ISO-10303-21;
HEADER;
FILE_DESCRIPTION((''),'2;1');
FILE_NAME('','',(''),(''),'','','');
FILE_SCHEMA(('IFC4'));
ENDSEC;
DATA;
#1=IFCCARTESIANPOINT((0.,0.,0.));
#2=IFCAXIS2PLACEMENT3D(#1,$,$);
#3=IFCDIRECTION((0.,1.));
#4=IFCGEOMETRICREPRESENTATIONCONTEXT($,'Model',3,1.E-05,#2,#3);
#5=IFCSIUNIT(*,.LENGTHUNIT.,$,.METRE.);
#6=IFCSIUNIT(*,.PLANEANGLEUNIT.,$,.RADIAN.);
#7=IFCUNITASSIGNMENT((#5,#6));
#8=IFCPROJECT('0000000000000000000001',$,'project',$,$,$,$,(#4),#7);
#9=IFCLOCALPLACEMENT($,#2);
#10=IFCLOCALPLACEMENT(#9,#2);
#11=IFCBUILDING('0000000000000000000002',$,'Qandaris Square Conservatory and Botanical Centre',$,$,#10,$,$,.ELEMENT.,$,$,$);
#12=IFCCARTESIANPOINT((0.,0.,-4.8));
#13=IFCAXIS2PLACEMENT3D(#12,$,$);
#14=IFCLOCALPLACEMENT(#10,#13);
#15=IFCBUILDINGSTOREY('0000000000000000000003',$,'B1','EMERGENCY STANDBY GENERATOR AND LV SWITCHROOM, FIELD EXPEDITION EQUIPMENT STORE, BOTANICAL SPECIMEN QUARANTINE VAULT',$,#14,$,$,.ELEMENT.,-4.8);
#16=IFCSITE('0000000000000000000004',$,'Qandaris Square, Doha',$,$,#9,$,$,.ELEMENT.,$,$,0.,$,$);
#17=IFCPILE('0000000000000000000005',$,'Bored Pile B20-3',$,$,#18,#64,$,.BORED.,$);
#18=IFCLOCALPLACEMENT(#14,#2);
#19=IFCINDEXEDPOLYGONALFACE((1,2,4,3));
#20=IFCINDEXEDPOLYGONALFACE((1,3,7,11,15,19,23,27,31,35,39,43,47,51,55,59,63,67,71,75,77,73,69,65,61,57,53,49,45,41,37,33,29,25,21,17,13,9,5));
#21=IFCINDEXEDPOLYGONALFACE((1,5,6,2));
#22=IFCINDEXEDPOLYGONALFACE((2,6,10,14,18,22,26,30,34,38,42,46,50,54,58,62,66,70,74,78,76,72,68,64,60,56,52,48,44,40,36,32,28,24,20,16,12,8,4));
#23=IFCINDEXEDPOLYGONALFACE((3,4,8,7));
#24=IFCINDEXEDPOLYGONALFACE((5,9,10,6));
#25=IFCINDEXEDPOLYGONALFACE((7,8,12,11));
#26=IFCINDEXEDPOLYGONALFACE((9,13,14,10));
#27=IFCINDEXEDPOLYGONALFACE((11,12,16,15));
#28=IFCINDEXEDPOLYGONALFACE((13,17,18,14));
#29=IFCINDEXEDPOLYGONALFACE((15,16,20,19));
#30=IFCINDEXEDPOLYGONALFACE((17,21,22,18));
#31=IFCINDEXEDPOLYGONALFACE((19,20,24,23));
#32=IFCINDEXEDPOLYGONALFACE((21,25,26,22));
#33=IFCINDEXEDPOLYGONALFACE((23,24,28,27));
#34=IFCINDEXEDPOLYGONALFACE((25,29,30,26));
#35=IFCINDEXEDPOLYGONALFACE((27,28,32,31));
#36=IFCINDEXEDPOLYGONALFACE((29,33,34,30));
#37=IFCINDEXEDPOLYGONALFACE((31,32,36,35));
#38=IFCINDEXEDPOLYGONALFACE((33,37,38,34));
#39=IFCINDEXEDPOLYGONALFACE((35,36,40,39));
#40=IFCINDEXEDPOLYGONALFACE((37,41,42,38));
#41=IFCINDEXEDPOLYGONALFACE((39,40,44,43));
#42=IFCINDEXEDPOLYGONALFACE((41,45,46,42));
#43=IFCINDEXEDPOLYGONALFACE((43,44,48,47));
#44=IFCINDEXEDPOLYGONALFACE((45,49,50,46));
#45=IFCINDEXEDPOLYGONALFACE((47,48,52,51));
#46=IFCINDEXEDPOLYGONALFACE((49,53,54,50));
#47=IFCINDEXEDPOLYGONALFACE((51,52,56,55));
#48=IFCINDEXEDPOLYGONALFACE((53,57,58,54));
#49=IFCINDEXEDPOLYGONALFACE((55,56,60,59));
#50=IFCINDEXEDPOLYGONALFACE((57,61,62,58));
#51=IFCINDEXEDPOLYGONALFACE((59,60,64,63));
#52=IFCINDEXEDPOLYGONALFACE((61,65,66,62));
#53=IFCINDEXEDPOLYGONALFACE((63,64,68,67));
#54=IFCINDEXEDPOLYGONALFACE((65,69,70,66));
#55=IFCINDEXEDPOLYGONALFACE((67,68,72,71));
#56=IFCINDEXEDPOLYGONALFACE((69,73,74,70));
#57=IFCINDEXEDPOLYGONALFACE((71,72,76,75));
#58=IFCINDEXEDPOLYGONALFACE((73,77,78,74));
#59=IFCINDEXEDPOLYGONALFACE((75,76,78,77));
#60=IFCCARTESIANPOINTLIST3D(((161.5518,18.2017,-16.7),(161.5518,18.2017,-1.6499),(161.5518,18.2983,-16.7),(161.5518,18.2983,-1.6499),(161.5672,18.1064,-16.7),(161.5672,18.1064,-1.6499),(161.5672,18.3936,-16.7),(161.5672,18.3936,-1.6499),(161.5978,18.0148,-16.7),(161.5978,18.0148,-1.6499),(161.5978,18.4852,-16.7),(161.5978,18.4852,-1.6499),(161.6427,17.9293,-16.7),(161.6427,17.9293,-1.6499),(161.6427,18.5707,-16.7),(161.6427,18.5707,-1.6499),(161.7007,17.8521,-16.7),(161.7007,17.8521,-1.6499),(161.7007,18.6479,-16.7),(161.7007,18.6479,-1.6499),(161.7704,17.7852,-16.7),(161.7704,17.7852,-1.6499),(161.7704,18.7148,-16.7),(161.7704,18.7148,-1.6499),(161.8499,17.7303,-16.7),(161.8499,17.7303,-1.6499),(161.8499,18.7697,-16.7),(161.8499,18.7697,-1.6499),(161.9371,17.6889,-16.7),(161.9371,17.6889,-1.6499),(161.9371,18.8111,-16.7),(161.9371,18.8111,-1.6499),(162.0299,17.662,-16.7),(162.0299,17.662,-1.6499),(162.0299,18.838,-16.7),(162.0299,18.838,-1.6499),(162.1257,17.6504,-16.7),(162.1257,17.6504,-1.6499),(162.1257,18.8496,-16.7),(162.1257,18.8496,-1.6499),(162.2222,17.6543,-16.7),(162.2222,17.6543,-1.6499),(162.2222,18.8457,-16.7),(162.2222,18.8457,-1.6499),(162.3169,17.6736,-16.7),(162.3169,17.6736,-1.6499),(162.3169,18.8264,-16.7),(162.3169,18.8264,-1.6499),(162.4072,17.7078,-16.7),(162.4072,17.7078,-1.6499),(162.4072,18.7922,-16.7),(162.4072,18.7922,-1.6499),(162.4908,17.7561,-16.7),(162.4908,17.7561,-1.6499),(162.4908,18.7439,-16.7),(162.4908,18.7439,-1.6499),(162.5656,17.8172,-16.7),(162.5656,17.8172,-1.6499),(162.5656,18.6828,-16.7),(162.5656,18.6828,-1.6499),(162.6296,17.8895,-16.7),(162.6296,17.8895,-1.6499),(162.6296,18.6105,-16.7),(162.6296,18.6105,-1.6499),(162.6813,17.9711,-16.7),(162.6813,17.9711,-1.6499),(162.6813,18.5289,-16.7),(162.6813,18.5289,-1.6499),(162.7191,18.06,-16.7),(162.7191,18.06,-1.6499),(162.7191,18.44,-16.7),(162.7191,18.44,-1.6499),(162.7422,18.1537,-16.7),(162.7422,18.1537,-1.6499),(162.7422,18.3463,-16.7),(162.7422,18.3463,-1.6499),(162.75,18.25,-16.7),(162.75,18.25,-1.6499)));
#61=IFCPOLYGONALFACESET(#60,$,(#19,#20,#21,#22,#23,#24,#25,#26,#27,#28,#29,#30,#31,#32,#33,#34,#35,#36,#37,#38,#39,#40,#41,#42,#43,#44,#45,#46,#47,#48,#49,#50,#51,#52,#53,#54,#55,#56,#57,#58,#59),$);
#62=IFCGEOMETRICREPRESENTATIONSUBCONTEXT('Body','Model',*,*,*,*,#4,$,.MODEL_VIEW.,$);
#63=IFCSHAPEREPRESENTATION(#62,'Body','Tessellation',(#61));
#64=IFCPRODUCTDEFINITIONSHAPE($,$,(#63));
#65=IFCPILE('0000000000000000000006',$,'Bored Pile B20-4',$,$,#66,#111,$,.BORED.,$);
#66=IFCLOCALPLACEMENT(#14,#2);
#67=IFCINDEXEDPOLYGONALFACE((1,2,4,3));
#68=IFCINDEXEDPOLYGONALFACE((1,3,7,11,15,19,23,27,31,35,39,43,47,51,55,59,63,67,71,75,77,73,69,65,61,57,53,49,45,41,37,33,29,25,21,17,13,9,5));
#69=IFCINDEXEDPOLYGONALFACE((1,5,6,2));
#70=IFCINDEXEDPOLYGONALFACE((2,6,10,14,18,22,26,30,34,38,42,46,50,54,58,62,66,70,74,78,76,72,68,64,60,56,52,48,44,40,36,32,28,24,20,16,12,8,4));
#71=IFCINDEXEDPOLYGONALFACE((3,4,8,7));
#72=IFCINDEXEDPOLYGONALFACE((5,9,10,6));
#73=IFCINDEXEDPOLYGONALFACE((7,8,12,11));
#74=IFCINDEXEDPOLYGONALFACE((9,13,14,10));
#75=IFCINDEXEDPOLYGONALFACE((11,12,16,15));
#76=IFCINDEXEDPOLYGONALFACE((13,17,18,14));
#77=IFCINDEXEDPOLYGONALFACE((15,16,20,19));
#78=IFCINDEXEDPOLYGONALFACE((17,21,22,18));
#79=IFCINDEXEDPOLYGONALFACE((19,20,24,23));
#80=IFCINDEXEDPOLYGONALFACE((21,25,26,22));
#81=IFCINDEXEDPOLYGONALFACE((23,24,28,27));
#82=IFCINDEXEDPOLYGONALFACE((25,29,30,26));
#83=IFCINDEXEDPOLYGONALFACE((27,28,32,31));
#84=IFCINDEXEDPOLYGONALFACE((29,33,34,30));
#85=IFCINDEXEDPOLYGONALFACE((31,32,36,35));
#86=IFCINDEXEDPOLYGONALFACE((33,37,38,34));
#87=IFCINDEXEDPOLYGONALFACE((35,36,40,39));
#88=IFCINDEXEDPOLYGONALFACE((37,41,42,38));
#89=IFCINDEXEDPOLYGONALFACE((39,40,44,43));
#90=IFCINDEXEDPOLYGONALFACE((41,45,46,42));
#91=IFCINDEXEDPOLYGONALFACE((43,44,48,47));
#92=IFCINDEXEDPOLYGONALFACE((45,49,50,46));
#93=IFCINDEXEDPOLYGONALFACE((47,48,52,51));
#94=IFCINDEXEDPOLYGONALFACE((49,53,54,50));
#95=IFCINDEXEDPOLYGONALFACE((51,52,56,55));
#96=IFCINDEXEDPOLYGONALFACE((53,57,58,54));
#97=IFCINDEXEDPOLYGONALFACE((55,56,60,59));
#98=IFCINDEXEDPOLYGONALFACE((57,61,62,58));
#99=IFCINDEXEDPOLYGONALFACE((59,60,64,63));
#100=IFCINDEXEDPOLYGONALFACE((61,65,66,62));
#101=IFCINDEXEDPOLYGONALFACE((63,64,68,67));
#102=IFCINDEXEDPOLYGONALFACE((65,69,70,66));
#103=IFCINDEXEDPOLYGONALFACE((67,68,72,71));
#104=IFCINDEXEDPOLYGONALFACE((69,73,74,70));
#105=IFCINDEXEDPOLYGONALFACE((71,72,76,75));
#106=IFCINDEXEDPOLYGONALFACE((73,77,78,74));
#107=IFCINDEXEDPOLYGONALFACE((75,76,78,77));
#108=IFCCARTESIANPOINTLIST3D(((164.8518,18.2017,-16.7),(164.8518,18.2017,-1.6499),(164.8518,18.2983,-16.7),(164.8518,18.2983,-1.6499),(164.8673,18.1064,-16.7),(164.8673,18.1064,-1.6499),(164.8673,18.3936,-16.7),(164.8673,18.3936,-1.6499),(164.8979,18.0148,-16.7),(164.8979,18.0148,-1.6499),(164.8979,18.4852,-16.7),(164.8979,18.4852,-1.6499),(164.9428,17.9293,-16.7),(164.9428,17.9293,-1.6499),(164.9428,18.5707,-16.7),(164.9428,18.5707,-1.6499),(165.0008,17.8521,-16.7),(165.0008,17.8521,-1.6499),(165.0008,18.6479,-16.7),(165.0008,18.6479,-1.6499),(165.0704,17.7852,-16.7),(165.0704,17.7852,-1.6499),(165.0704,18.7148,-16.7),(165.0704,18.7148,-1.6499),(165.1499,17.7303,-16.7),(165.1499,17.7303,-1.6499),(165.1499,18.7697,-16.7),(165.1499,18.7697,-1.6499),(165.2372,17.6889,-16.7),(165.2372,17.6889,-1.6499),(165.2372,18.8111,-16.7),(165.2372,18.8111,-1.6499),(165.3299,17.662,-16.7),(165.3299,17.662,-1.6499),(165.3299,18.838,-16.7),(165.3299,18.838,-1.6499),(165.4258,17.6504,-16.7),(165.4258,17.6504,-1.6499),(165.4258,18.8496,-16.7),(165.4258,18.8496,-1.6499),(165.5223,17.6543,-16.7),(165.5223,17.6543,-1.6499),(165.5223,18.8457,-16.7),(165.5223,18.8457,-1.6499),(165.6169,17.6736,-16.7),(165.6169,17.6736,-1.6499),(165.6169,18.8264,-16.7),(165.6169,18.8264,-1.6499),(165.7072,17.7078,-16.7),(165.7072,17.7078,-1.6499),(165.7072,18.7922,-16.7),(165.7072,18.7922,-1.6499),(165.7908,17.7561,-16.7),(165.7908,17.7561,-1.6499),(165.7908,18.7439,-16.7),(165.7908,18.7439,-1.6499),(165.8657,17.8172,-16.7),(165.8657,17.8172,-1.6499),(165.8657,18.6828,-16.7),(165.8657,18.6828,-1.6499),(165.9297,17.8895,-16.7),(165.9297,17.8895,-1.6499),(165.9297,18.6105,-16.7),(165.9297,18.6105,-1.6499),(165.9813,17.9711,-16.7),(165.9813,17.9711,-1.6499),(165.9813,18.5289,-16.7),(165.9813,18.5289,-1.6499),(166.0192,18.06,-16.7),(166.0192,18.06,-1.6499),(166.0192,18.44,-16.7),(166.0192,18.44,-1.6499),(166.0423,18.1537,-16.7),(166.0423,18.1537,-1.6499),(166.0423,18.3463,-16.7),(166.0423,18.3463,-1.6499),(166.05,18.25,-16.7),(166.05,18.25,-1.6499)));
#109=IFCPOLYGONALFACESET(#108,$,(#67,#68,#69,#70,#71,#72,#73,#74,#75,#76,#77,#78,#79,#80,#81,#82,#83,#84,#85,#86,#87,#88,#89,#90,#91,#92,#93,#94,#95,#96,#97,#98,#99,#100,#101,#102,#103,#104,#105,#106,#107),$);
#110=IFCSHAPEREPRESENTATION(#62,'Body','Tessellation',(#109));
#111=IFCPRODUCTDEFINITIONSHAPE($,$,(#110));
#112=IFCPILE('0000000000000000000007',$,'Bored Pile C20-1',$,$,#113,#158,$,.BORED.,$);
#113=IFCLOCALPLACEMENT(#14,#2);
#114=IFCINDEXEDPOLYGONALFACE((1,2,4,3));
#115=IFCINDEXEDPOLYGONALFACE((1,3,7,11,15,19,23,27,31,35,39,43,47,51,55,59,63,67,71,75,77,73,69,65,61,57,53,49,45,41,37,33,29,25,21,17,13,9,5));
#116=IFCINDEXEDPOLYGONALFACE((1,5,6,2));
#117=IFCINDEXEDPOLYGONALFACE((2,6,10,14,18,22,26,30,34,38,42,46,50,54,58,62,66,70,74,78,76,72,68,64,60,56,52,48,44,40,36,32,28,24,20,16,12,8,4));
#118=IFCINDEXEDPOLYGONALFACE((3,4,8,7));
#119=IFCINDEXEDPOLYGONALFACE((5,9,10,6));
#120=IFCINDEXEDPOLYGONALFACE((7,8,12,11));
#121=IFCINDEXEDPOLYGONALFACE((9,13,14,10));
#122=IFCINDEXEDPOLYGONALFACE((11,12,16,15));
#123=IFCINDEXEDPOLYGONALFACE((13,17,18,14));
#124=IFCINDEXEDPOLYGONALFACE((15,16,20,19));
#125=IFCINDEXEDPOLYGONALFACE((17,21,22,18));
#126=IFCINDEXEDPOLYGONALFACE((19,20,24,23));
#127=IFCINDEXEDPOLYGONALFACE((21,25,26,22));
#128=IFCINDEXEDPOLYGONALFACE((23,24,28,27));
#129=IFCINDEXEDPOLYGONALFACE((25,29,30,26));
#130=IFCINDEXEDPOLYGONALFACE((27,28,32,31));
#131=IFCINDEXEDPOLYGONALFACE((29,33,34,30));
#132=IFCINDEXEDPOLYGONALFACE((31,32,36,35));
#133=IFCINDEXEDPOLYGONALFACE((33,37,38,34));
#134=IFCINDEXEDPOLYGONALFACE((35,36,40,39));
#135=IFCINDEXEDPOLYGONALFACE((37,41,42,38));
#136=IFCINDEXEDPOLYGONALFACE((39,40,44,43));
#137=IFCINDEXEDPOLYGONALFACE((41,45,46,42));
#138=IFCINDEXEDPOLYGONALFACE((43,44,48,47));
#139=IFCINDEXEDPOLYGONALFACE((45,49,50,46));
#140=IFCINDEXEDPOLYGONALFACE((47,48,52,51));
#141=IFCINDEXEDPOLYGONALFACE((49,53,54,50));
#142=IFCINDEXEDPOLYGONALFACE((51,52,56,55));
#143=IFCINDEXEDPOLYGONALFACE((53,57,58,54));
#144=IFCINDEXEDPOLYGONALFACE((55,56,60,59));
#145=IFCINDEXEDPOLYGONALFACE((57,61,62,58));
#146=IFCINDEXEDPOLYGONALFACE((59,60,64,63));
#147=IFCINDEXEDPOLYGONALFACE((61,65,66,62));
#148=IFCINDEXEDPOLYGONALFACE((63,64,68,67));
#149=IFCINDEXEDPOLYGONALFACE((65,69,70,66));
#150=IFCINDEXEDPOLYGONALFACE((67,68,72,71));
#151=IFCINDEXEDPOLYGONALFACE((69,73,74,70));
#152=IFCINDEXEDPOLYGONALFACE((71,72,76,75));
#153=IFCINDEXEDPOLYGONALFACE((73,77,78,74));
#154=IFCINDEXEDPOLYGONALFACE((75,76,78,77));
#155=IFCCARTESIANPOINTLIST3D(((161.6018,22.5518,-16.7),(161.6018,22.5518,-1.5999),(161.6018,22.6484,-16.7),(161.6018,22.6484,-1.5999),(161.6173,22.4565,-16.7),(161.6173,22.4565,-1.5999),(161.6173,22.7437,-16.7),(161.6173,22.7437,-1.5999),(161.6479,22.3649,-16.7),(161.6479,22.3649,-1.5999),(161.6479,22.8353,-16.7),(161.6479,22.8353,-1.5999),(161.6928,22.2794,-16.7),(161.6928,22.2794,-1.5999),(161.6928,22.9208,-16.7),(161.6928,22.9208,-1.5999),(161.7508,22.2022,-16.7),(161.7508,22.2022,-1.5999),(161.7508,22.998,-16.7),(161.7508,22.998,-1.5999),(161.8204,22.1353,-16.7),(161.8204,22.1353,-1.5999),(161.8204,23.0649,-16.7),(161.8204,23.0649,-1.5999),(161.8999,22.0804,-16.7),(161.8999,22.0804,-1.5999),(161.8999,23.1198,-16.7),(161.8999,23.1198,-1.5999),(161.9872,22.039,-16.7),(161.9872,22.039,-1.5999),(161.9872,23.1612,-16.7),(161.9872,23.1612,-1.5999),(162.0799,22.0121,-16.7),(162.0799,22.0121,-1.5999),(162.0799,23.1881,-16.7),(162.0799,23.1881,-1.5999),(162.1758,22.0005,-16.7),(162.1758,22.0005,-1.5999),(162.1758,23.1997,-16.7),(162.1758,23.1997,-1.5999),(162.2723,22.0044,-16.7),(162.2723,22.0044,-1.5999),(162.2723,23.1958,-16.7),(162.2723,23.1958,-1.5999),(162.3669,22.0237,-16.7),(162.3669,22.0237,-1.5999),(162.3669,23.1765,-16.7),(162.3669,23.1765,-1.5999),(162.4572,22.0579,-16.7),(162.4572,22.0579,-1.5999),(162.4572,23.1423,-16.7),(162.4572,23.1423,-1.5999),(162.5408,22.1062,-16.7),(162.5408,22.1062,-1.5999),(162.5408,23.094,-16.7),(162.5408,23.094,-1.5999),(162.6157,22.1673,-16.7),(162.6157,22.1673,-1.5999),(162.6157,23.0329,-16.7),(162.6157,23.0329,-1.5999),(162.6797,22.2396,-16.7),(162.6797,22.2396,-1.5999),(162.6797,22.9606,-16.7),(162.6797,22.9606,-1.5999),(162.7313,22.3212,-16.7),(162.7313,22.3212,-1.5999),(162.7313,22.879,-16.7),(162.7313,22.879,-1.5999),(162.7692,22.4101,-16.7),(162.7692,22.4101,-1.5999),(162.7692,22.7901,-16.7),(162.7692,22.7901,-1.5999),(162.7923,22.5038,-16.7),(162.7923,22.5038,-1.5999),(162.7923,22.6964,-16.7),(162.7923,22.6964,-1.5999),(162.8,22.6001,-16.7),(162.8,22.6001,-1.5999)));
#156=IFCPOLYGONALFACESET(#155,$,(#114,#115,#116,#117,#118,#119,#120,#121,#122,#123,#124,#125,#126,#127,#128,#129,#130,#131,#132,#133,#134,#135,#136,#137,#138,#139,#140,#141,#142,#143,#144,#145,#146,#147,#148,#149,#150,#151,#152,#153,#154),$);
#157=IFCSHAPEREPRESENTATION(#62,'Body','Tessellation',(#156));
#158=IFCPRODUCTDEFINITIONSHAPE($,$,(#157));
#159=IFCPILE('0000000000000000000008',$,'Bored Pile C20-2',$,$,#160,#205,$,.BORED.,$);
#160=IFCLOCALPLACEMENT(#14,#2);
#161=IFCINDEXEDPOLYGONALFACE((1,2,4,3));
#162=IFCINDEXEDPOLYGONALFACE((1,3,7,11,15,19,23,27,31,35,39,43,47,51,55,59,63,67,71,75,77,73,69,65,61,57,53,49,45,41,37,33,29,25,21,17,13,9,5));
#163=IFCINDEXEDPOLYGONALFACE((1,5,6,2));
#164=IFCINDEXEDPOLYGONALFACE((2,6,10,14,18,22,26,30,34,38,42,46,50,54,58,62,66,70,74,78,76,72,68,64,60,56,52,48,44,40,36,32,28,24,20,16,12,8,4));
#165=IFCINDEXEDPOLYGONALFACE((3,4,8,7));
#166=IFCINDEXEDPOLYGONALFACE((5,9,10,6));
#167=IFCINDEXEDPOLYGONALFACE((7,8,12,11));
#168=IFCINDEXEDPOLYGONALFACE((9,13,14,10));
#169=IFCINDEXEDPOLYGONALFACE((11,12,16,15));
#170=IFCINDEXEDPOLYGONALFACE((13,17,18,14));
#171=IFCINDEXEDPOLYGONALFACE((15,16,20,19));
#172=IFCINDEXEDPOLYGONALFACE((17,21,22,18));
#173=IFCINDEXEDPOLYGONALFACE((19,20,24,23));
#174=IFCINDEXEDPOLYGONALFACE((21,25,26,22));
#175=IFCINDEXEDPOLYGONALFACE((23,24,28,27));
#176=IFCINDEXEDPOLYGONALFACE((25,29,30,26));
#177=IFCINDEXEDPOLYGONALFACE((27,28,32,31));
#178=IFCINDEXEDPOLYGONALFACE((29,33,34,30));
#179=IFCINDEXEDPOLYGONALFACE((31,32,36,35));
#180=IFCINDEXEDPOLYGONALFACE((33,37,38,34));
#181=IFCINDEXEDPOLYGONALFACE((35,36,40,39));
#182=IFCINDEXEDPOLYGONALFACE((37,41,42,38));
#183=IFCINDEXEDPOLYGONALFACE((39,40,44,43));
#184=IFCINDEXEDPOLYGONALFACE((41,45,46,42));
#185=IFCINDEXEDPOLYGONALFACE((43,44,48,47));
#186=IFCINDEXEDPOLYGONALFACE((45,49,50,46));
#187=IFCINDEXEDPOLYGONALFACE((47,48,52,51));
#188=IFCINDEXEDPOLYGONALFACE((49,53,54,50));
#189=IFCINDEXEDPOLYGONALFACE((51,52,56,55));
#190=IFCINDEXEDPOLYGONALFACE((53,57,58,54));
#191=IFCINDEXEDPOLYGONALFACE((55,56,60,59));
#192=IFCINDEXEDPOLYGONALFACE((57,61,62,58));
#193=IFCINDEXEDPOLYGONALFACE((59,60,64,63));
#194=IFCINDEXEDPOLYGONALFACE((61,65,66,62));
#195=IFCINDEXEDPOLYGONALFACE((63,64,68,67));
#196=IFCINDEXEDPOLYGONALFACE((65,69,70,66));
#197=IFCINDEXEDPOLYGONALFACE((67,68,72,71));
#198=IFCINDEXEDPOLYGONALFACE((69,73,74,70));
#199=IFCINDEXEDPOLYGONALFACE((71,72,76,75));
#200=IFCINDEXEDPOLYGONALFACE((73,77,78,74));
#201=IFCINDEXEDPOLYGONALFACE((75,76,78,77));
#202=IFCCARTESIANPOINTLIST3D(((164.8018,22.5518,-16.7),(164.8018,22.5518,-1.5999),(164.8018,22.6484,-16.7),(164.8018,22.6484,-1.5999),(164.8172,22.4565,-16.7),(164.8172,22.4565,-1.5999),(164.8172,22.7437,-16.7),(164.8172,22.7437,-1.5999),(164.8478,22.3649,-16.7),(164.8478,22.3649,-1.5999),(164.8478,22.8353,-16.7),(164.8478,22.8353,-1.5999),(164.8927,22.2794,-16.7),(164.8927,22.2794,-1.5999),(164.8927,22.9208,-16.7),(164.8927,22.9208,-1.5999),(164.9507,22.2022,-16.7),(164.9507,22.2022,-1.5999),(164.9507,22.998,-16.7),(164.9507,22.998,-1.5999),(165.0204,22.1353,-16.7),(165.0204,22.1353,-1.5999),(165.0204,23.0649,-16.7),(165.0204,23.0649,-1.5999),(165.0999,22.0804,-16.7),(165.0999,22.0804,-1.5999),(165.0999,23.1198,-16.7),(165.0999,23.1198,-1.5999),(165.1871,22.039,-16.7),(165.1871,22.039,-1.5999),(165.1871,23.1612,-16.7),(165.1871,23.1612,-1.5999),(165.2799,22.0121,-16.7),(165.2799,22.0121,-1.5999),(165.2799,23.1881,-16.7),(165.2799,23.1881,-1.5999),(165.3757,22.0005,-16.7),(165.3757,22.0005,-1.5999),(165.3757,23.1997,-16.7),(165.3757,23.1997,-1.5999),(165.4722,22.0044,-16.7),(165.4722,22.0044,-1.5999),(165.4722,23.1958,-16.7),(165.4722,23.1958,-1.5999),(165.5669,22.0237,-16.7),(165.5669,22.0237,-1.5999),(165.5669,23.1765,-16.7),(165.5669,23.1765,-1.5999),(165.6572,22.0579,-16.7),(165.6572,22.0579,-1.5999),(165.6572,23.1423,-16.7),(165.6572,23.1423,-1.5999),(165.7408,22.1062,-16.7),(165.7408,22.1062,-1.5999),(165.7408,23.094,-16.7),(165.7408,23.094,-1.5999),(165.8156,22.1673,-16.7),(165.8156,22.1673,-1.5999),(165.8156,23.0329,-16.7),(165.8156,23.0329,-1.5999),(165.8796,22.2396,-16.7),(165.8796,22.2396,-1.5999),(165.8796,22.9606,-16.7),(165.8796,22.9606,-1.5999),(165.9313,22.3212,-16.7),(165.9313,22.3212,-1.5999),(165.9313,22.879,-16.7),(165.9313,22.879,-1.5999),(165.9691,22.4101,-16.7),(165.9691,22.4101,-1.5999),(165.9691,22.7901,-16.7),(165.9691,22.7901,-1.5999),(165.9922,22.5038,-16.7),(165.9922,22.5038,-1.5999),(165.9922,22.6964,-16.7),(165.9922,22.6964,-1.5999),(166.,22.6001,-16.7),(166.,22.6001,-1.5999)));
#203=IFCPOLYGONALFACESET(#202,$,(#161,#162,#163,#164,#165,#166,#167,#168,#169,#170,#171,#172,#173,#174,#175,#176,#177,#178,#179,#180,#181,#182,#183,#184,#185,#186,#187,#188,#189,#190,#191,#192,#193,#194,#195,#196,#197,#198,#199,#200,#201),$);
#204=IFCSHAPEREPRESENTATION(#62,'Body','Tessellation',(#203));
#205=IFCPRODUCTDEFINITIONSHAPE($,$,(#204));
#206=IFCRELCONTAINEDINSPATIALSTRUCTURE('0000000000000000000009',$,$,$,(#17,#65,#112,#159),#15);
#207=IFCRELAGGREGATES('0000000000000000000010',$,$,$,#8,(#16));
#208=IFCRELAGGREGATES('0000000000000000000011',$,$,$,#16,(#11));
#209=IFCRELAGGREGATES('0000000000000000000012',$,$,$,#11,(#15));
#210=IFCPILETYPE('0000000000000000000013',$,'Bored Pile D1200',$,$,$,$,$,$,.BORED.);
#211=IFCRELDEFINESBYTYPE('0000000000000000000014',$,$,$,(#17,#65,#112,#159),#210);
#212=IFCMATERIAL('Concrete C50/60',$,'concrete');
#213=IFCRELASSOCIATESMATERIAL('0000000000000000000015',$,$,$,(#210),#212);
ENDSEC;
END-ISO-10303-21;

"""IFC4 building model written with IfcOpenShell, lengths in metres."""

from ifc_helpers import new_model, si_unit, direction, frame, origin, origin_2d, place, context, subcontext, project, spatial, circle, extrude, material, material_profile, profile_set, type_object, element, save


model = new_model("IFC4")

# Units and contexts
model_context = context("Model", 3, precision=1e-05, world=origin(), true_north=direction((0.0, 1.0)))
body_context = subcontext(model_context, "Body", "Model", "MODEL_VIEW")
ifc_project = project(units=[si_unit("LENGTHUNIT", "METRE"), si_unit("PLANEANGLEUNIT", "RADIAN")], contexts=[model_context])

# Site, building, storey
site_placement = place(None, origin())
site = spatial("IfcSite", under=ifc_project, at=site_placement, Name="Qandaris Square, Doha", CompositionType="ELEMENT", RefElevation=0.0)
building_placement = place(site_placement, origin())
building = spatial("IfcBuilding", under=site, at=building_placement, Name="Qandaris Square Conservatory and Botanical Centre", CompositionType="ELEMENT")
storey_placement = place(building_placement, frame((0.0, 0.0, -4.8)))
storey = spatial("IfcBuildingStorey", under=building, at=storey_placement, Name="B1", Description="EMERGENCY STANDBY GENERATOR AND LV SWITCHROOM, FIELD EXPEDITION EQUIPMENT STORE, BOTANICAL SPECIMEN QUARANTINE VAULT", CompositionType="ELEMENT", Elevation=-4.8)

# Piles
ifc_material_1 = material(Name="Concrete C50/60", Category="concrete")
ifc_material_profile_1 = material_profile(ifc_material_1, circle(Radius=0.6001, at=origin_2d()), Name="PILE D1200")
ifc_profile_set_1 = profile_set([ifc_material_profile_1], Name="Concrete C50/60")
pile_type = type_object("IfcPileType", Name="Bored Pile D1200", PredefinedType="BORED", material=ifc_profile_set_1)
for number, where, z_axis, x_axis, name in (
    (1, (162.1499, 18.25, -1.6499), (0.0, 0.0, -1.0), (1.0, 0.0, 0.0), "Bored Pile B20-3"),
    (2, (165.45, 18.25, -1.6499), (0.0, 0.0, -1.0), (1.0, 0.0, 0.0), "Bored Pile B20-4"),
):
    element("IfcPile", number, at=place(storey_placement, frame(where, z_axis=z_axis, x_axis=x_axis)), inside=storey, type_object=pile_type, Name=name, PredefinedType="BORED", context=body_context, shape_type="SweptSolid", body=[
        extrude(circle(Radius=0.6001, at=origin_2d()), origin(), (0.0, 0.0, 1.0), 15.05),
    ])
for number, where, z_axis, x_axis, name in (
    (3, (162.2, 22.6001, -1.5999), (0.0, 0.0, -1.0), (1.0, 0.0, 0.0), "Bored Pile C20-1"),
    (4, (165.3999, 22.6001, -1.5999), (0.0, 0.0, -1.0), (1.0, 0.0, 0.0), "Bored Pile C20-2"),
):
    element("IfcPile", number, at=place(storey_placement, frame(where, z_axis=z_axis, x_axis=x_axis)), inside=storey, type_object=pile_type, Name=name, PredefinedType="BORED", context=body_context, shape_type="SweptSolid", body=[
        extrude(circle(Radius=0.6001, at=origin_2d()), origin(), (0.0, 0.0, 1.0), 15.1001),
    ])

save(model, "model.ifc")
